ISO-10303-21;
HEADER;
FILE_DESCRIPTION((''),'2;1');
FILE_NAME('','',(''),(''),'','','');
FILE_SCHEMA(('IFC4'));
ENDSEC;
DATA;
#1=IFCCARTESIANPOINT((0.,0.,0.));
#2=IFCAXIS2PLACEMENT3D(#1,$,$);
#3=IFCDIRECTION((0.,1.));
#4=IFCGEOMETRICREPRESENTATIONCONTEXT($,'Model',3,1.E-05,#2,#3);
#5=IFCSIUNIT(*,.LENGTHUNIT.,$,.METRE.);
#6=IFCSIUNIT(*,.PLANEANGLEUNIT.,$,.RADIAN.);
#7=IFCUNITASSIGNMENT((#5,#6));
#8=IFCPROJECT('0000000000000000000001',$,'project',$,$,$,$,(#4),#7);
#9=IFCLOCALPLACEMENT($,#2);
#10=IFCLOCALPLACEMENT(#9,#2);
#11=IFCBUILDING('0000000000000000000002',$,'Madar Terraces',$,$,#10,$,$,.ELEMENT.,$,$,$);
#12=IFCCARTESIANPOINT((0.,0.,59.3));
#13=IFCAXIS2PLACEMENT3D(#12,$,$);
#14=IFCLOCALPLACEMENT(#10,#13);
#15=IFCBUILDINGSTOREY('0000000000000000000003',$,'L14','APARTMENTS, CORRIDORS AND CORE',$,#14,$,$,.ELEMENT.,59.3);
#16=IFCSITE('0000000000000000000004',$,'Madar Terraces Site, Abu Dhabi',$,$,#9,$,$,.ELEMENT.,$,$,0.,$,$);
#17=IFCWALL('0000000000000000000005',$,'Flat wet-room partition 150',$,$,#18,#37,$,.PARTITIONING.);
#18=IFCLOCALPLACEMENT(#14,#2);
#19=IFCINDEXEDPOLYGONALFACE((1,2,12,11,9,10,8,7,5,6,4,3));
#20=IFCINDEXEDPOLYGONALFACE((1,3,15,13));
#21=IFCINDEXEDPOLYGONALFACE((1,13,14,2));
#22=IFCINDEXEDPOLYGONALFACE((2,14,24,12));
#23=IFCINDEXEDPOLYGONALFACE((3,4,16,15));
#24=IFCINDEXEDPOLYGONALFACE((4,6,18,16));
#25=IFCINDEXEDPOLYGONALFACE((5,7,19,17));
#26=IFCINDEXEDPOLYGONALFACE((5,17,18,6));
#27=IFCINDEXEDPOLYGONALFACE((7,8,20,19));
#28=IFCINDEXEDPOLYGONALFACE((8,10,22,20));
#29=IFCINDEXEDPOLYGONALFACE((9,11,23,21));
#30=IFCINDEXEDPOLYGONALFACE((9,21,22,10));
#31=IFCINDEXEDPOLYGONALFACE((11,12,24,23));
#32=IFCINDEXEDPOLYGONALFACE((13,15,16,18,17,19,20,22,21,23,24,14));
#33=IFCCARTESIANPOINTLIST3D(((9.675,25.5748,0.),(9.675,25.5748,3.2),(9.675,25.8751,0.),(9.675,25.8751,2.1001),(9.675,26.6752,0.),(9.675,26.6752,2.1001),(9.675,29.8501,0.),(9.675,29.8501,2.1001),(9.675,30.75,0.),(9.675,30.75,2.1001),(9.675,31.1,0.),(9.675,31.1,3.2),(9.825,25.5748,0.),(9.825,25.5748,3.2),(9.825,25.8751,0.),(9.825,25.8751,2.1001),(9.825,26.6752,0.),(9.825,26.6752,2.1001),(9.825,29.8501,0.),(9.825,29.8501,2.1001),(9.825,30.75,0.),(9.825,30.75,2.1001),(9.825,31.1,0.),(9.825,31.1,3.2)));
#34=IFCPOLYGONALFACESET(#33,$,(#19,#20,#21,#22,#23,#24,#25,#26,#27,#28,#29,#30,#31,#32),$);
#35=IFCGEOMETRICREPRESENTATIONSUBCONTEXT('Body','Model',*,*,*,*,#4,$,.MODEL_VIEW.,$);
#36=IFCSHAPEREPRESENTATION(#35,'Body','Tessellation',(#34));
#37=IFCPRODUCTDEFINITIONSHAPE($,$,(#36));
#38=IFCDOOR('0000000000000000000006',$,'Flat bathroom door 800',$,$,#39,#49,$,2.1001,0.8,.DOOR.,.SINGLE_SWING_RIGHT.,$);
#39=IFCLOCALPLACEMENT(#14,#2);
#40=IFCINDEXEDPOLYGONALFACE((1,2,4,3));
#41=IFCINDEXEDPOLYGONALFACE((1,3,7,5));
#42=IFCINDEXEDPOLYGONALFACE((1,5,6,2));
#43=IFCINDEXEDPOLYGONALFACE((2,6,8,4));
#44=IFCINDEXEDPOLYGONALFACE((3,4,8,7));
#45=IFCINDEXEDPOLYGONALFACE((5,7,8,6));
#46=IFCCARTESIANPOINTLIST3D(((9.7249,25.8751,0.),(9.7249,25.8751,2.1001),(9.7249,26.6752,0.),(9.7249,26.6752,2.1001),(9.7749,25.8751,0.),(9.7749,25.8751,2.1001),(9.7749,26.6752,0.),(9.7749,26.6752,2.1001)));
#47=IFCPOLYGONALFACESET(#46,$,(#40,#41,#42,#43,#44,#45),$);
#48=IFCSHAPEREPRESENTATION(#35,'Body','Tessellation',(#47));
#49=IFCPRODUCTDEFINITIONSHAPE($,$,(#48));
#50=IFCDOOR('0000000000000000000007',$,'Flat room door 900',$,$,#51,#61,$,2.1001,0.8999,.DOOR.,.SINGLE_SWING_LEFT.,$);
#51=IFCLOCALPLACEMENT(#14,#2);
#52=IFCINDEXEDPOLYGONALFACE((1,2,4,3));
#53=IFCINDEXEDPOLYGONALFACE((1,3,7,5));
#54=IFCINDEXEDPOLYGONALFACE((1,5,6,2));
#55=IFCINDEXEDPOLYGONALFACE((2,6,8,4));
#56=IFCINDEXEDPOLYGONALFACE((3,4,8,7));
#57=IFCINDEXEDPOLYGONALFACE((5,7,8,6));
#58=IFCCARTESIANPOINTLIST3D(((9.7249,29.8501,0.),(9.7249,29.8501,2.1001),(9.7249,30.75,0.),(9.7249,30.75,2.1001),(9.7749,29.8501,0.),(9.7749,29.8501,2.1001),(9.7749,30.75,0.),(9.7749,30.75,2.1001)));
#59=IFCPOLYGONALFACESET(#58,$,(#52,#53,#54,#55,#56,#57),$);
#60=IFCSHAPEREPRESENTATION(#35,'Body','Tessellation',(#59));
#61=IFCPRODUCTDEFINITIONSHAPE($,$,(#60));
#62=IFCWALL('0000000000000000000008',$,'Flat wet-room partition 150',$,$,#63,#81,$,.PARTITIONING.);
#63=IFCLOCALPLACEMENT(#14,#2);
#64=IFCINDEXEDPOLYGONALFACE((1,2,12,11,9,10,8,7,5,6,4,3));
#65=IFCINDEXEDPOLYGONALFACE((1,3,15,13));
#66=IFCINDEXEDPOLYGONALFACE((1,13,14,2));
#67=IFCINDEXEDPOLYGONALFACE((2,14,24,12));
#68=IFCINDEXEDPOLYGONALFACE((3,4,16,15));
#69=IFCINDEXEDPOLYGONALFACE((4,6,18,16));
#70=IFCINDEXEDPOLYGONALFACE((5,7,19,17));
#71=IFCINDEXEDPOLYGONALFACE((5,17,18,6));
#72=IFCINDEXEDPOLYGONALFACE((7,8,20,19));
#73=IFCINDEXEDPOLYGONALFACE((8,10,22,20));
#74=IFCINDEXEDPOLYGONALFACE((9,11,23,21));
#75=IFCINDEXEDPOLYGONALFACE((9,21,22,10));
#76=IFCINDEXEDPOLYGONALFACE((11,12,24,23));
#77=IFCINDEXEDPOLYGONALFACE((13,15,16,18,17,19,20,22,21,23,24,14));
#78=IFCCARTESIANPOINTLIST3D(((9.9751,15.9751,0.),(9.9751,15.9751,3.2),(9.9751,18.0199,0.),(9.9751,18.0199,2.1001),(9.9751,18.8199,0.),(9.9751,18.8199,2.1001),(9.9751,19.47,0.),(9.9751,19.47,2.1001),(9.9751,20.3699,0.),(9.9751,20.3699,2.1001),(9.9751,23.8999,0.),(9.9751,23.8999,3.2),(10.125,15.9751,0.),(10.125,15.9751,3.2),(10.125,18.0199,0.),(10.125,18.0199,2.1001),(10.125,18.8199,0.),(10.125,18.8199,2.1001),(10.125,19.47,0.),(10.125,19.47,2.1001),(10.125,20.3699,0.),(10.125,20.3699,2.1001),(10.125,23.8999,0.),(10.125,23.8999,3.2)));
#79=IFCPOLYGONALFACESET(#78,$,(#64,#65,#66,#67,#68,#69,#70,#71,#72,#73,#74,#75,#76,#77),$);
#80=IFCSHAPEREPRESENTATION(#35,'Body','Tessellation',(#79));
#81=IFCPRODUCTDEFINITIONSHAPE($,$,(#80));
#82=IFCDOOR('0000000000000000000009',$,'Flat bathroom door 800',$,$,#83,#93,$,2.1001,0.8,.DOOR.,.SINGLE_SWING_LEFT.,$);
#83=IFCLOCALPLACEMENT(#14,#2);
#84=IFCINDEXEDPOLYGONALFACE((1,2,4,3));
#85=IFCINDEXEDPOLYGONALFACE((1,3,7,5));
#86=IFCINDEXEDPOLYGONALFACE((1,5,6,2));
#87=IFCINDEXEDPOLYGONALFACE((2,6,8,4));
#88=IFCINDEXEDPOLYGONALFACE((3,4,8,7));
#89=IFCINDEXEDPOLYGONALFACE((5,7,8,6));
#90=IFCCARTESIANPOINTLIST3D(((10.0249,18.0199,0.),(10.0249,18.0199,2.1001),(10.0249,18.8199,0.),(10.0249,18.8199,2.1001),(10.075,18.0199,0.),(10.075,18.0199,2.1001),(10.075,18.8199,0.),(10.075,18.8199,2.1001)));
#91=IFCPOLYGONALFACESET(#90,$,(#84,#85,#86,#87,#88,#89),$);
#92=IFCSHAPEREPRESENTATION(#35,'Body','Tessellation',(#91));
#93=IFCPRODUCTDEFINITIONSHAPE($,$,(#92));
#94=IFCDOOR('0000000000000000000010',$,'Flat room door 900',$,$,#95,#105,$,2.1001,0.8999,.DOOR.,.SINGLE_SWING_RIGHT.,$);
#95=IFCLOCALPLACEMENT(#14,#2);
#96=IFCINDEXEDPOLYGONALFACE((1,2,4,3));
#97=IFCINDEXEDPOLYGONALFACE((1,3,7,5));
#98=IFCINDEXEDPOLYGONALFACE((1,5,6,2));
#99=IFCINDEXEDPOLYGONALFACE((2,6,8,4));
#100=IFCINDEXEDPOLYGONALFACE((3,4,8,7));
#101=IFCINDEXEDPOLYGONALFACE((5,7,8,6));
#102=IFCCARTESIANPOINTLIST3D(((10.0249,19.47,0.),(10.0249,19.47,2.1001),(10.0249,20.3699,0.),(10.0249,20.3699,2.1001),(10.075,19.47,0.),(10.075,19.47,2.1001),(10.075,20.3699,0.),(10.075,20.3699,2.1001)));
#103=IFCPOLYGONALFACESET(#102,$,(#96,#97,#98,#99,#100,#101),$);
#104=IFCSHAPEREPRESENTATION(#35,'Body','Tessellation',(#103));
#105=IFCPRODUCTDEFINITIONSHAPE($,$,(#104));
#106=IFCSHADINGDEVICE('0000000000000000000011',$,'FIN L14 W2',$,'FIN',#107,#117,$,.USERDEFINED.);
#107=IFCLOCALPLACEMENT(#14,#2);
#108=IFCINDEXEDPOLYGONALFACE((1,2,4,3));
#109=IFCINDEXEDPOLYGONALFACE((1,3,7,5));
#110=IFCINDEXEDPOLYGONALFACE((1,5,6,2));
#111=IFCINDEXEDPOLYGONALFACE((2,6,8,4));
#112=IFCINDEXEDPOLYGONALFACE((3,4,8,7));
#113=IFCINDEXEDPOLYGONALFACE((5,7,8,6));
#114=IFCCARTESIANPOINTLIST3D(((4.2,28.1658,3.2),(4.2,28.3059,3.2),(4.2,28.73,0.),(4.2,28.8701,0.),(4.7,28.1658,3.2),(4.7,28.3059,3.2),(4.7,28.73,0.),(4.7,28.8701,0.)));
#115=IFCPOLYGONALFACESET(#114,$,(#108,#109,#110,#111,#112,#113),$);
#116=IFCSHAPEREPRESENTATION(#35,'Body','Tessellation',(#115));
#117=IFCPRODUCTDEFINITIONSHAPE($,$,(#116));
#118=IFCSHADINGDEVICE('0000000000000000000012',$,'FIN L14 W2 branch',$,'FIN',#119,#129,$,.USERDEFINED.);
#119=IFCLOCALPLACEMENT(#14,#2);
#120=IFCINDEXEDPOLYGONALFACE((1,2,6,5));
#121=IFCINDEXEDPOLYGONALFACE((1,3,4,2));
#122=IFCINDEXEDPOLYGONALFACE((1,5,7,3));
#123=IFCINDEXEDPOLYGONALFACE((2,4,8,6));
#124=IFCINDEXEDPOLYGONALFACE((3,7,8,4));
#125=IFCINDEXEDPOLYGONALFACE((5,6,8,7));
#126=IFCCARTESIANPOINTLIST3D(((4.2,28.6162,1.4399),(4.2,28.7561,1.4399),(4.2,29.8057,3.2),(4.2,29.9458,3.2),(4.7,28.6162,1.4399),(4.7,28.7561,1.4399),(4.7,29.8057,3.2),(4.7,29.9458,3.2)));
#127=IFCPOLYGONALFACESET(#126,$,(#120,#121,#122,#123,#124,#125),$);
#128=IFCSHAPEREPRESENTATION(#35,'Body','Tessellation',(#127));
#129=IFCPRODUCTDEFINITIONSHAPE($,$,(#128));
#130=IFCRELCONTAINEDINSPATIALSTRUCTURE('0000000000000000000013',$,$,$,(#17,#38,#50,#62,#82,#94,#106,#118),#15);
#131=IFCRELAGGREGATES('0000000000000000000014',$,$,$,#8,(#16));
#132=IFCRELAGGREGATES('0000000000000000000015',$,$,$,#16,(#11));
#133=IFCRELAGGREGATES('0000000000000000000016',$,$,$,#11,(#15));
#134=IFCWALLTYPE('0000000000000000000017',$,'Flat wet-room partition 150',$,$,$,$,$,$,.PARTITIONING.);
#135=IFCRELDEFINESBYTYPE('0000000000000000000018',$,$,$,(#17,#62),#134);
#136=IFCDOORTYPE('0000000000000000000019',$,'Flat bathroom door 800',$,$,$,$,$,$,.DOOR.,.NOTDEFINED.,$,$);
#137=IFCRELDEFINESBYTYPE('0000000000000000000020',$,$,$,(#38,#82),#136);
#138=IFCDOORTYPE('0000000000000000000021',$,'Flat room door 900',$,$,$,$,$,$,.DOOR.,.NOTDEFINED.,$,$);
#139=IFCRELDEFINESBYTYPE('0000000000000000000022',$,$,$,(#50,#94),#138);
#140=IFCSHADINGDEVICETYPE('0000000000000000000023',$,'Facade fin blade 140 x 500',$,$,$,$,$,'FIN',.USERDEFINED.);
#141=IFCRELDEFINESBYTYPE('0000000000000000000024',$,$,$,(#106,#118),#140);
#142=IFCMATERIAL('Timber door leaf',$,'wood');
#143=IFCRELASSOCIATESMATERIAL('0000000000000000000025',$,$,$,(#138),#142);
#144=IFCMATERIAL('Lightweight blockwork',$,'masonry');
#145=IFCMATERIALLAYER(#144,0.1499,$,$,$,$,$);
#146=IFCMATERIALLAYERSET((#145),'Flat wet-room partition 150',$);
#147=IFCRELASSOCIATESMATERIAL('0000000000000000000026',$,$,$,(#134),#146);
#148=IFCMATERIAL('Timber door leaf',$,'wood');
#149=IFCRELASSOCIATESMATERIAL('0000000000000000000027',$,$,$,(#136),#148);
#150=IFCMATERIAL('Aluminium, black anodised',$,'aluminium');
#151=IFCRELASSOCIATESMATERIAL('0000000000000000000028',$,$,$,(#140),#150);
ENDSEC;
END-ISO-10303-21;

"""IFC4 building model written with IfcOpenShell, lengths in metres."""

from ifc_helpers import new_model, si_unit, direction, frame, frame_2d, origin, place, context, subcontext, project, spatial, polyline, rectangle, outline, extrude, material, layer, layer_set, type_object, element, fill, save


model = new_model("IFC4")

# Units and contexts
model_context = context("Model", 3, precision=1e-05, world=origin(), true_north=direction((0.0, 1.0)))
body_context = subcontext(model_context, "Body", "Model", "MODEL_VIEW")
ifc_project = project(units=[si_unit("LENGTHUNIT", "METRE"), si_unit("PLANEANGLEUNIT", "RADIAN")], contexts=[model_context])

# Site, building, storey
site_placement = place(None, origin())
site = spatial("IfcSite", under=ifc_project, at=site_placement, Name="Madar Terraces Site, Abu Dhabi", CompositionType="ELEMENT", RefElevation=0.0)
building_placement = place(site_placement, origin())
building = spatial("IfcBuilding", under=site, at=building_placement, Name="Madar Terraces", CompositionType="ELEMENT")
storey_placement = place(building_placement, frame((0.0, 0.0, 59.3)))
storey = spatial("IfcBuildingStorey", under=building, at=storey_placement, Name="L14", Description="APARTMENTS, CORRIDORS AND CORE", CompositionType="ELEMENT", Elevation=59.3)

# Shared definitions
ifc_material_1 = material(Name="Timber door leaf", Category="wood")
door_type_1 = type_object("IfcDoorType", Name="Flat room door 900", OperationType="NOTDEFINED", PredefinedType="DOOR", material=ifc_material_1)

# Shared definitions
ifc_material_2 = material(Name="Lightweight blockwork", Category="masonry")
ifc_layer_1 = layer(ifc_material_2, 0.1499)
ifc_layer_set_1 = layer_set([ifc_layer_1], Name="Flat wet-room partition 150")
wall_type_1 = type_object("IfcWallType", Name="Flat wet-room partition 150", PredefinedType="PARTITIONING", material=ifc_layer_set_1)

# Walls, openings, doors
wall_1_placement = place(storey_placement, frame((9.75, 31.1001, 0.0), z_axis=(0.0, 0.0, 1.0), x_axis=(0.0, -1.0, 0.0)))
wall_1 = element("IfcWall", 1, at=wall_1_placement, inside=storey, type_object=wall_type_1, Name="Flat wet-room partition 150", PredefinedType="PARTITIONING", context=body_context, shape_type="SweptSolid", body=[
    extrude(rectangle(XDim=5.5251, YDim=0.1499, at=frame_2d((2.7627, 0.0))), origin(), (0.0, 0.0, 1.0), 3.2),
])
opening_1_placement = place(wall_1_placement, frame((4.425, 0.0, 0.0)))
opening_1 = element("IfcOpeningElement", 2, at=opening_1_placement, cuts=wall_1, PredefinedType="OPENING", context=body_context, shape_type="SweptSolid", body=[
    extrude(rectangle(XDim=0.8, YDim=2.1001, at=frame_2d((0.3999, 1.05))), frame((0.0, 0.085, 0.0), z_axis=(0.0, -1.0, 0.0), x_axis=(1.0, 0.0, 0.0)), (0.0, 0.0, 1.0), 0.1699),
])
opening_2_placement = place(wall_1_placement, frame((0.3501, 0.0, 0.0)))
opening_2 = element("IfcOpeningElement", 3, at=opening_2_placement, cuts=wall_1, PredefinedType="OPENING", context=body_context, shape_type="SweptSolid", body=[
    extrude(rectangle(XDim=0.8999, YDim=2.1001, at=frame_2d((0.45, 1.05))), frame((0.0, 0.085, 0.0), z_axis=(0.0, -1.0, 0.0), x_axis=(1.0, 0.0, 0.0)), (0.0, 0.0, 1.0), 0.1699),
])
ifc_material_3 = material(Name="Timber door leaf", Category="wood")
door_type_2 = type_object("IfcDoorType", Name="Flat bathroom door 800", OperationType="NOTDEFINED", PredefinedType="DOOR", material=ifc_material_3)
door_1_placement = place(opening_1_placement, origin())
door_1 = element("IfcDoor", 4, at=door_1_placement, inside=storey, type_object=door_type_2, Name="Flat bathroom door 800", OperationType="SINGLE_SWING_RIGHT", OverallHeight=2.1001, OverallWidth=0.8, PredefinedType="DOOR", context=body_context, shape_type="SweptSolid", body=[
    extrude(rectangle(XDim=0.8, YDim=2.1001, at=frame_2d((0.3999, 1.05))), frame((0.0, 0.0249, 0.0), z_axis=(0.0, -1.0, 0.0), x_axis=(1.0, 0.0, 0.0)), (0.0, 0.0, 1.0), 0.05),
])
fill(opening_1, door_1)
door_2_placement = place(opening_2_placement, origin())
door_2 = element("IfcDoor", 5, at=door_2_placement, inside=storey, type_object=door_type_1, Name="Flat room door 900", OperationType="SINGLE_SWING_LEFT", OverallHeight=2.1001, OverallWidth=0.8999, PredefinedType="DOOR", context=body_context, shape_type="SweptSolid", body=[
    extrude(rectangle(XDim=0.8999, YDim=2.1001, at=frame_2d((0.45, 1.05))), frame((0.0, 0.0249, 0.0), z_axis=(0.0, -1.0, 0.0), x_axis=(1.0, 0.0, 0.0)), (0.0, 0.0, 1.0), 0.05),
])
fill(opening_2, door_2)
wall_2_placement = place(storey_placement, frame((10.05, 23.8999, 0.0), z_axis=(0.0, 0.0, 1.0), x_axis=(0.0, -1.0, 0.0)))
wall_2 = element("IfcWall", 6, at=wall_2_placement, inside=storey, type_object=wall_type_1, Name="Flat wet-room partition 150", PredefinedType="PARTITIONING", context=body_context, shape_type="SweptSolid", body=[
    extrude(rectangle(XDim=7.9248, YDim=0.1499, at=frame_2d((3.9624, 0.0))), origin(), (0.0, 0.0, 1.0), 3.2),
])
opening_3_placement = place(wall_2_placement, frame((5.0801, 0.0, 0.0)))
opening_3 = element("IfcOpeningElement", 7, at=opening_3_placement, cuts=wall_2, PredefinedType="OPENING", context=body_context, shape_type="SweptSolid", body=[
    extrude(rectangle(XDim=0.8, YDim=2.1001, at=frame_2d((0.3999, 1.05))), frame((0.0, 0.085, 0.0), z_axis=(0.0, -1.0, 0.0), x_axis=(1.0, 0.0, 0.0)), (0.0, 0.0, 1.0), 0.1699),
])
opening_4_placement = place(wall_2_placement, frame((3.53, 0.0, 0.0)))
opening_4 = element("IfcOpeningElement", 8, at=opening_4_placement, cuts=wall_2, PredefinedType="OPENING", context=body_context, shape_type="SweptSolid", body=[
    extrude(rectangle(XDim=0.8999, YDim=2.1001, at=frame_2d((0.45, 1.05))), frame((0.0, 0.085, 0.0), z_axis=(0.0, -1.0, 0.0), x_axis=(1.0, 0.0, 0.0)), (0.0, 0.0, 1.0), 0.1699),
])
door_3_placement = place(opening_3_placement, origin())
door_3 = element("IfcDoor", 9, at=door_3_placement, inside=storey, type_object=door_type_2, Name="Flat bathroom door 800", OperationType="SINGLE_SWING_LEFT", OverallHeight=2.1001, OverallWidth=0.8, PredefinedType="DOOR", context=body_context, shape_type="SweptSolid", body=[
    extrude(rectangle(XDim=0.8, YDim=2.1001, at=frame_2d((0.3999, 1.05))), frame((0.0, 0.0249, 0.0), z_axis=(0.0, -1.0, 0.0), x_axis=(1.0, 0.0, 0.0)), (0.0, 0.0, 1.0), 0.05),
])
fill(opening_3, door_3)
door_4_placement = place(opening_4_placement, origin())
door_4 = element("IfcDoor", 10, at=door_4_placement, inside=storey, type_object=door_type_1, Name="Flat room door 900", OperationType="SINGLE_SWING_RIGHT", OverallHeight=2.1001, OverallWidth=0.8999, PredefinedType="DOOR", context=body_context, shape_type="SweptSolid", body=[
    extrude(rectangle(XDim=0.8999, YDim=2.1001, at=frame_2d((0.45, 1.05))), frame((0.0, 0.0249, 0.0), z_axis=(0.0, -1.0, 0.0), x_axis=(1.0, 0.0, 0.0)), (0.0, 0.0, 1.0), 0.05),
])
fill(opening_4, door_4)

# Shading devices
ifc_material_4 = material(Name="Aluminium, black anodised", Category="aluminium")
shading_device_type = type_object("IfcShadingDeviceType", Name="Facade fin blade 140 x 500", ElementType="FIN", PredefinedType="USERDEFINED", material=ifc_material_4)
shading_device_1_placement = place(storey_placement, frame((4.45, 28.8701, 0.0), z_axis=(0.0, 0.0, 1.0), x_axis=(0.0, -1.0, 0.0)))
element("IfcShadingDevice", 11, at=shading_device_1_placement, inside=storey, type_object=shading_device_type, Name="FIN L14 W2", ObjectType="FIN", PredefinedType="USERDEFINED", context=body_context, shape_type="SweptSolid", body=[
    extrude(outline(polyline([(0.0, 0.0), (0.1401, 0.0), (0.7043, 3.2), (0.5642, 3.2), (0.0, 0.0)])), frame((0.0, 0.25, 0.0), z_axis=(0.0, -1.0, 0.0), x_axis=(1.0, 0.0, 0.0)), (0.0, 0.0, 1.0), 0.5),
])
shading_device_2_placement = place(storey_placement, frame((4.45, 28.7561, 1.4399), z_axis=(0.0, 0.0, 1.0), x_axis=(0.0, -1.0, 0.0)))
element("IfcShadingDevice", 12, at=shading_device_2_placement, inside=storey, type_object=shading_device_type, Name="FIN L14 W2 branch", ObjectType="FIN", PredefinedType="USERDEFINED", context=body_context, shape_type="SweptSolid", body=[
    extrude(outline(polyline([(0.0, 0.0), (0.1399, 0.0), (-1.0496, 1.76), (-1.1897, 1.76), (0.0, 0.0)])), frame((0.0, 0.25, 0.0), z_axis=(0.0, -1.0, 0.0), x_axis=(1.0, 0.0, 0.0)), (0.0, 0.0, 1.0), 0.5),
])

save(model, "model.ifc")
